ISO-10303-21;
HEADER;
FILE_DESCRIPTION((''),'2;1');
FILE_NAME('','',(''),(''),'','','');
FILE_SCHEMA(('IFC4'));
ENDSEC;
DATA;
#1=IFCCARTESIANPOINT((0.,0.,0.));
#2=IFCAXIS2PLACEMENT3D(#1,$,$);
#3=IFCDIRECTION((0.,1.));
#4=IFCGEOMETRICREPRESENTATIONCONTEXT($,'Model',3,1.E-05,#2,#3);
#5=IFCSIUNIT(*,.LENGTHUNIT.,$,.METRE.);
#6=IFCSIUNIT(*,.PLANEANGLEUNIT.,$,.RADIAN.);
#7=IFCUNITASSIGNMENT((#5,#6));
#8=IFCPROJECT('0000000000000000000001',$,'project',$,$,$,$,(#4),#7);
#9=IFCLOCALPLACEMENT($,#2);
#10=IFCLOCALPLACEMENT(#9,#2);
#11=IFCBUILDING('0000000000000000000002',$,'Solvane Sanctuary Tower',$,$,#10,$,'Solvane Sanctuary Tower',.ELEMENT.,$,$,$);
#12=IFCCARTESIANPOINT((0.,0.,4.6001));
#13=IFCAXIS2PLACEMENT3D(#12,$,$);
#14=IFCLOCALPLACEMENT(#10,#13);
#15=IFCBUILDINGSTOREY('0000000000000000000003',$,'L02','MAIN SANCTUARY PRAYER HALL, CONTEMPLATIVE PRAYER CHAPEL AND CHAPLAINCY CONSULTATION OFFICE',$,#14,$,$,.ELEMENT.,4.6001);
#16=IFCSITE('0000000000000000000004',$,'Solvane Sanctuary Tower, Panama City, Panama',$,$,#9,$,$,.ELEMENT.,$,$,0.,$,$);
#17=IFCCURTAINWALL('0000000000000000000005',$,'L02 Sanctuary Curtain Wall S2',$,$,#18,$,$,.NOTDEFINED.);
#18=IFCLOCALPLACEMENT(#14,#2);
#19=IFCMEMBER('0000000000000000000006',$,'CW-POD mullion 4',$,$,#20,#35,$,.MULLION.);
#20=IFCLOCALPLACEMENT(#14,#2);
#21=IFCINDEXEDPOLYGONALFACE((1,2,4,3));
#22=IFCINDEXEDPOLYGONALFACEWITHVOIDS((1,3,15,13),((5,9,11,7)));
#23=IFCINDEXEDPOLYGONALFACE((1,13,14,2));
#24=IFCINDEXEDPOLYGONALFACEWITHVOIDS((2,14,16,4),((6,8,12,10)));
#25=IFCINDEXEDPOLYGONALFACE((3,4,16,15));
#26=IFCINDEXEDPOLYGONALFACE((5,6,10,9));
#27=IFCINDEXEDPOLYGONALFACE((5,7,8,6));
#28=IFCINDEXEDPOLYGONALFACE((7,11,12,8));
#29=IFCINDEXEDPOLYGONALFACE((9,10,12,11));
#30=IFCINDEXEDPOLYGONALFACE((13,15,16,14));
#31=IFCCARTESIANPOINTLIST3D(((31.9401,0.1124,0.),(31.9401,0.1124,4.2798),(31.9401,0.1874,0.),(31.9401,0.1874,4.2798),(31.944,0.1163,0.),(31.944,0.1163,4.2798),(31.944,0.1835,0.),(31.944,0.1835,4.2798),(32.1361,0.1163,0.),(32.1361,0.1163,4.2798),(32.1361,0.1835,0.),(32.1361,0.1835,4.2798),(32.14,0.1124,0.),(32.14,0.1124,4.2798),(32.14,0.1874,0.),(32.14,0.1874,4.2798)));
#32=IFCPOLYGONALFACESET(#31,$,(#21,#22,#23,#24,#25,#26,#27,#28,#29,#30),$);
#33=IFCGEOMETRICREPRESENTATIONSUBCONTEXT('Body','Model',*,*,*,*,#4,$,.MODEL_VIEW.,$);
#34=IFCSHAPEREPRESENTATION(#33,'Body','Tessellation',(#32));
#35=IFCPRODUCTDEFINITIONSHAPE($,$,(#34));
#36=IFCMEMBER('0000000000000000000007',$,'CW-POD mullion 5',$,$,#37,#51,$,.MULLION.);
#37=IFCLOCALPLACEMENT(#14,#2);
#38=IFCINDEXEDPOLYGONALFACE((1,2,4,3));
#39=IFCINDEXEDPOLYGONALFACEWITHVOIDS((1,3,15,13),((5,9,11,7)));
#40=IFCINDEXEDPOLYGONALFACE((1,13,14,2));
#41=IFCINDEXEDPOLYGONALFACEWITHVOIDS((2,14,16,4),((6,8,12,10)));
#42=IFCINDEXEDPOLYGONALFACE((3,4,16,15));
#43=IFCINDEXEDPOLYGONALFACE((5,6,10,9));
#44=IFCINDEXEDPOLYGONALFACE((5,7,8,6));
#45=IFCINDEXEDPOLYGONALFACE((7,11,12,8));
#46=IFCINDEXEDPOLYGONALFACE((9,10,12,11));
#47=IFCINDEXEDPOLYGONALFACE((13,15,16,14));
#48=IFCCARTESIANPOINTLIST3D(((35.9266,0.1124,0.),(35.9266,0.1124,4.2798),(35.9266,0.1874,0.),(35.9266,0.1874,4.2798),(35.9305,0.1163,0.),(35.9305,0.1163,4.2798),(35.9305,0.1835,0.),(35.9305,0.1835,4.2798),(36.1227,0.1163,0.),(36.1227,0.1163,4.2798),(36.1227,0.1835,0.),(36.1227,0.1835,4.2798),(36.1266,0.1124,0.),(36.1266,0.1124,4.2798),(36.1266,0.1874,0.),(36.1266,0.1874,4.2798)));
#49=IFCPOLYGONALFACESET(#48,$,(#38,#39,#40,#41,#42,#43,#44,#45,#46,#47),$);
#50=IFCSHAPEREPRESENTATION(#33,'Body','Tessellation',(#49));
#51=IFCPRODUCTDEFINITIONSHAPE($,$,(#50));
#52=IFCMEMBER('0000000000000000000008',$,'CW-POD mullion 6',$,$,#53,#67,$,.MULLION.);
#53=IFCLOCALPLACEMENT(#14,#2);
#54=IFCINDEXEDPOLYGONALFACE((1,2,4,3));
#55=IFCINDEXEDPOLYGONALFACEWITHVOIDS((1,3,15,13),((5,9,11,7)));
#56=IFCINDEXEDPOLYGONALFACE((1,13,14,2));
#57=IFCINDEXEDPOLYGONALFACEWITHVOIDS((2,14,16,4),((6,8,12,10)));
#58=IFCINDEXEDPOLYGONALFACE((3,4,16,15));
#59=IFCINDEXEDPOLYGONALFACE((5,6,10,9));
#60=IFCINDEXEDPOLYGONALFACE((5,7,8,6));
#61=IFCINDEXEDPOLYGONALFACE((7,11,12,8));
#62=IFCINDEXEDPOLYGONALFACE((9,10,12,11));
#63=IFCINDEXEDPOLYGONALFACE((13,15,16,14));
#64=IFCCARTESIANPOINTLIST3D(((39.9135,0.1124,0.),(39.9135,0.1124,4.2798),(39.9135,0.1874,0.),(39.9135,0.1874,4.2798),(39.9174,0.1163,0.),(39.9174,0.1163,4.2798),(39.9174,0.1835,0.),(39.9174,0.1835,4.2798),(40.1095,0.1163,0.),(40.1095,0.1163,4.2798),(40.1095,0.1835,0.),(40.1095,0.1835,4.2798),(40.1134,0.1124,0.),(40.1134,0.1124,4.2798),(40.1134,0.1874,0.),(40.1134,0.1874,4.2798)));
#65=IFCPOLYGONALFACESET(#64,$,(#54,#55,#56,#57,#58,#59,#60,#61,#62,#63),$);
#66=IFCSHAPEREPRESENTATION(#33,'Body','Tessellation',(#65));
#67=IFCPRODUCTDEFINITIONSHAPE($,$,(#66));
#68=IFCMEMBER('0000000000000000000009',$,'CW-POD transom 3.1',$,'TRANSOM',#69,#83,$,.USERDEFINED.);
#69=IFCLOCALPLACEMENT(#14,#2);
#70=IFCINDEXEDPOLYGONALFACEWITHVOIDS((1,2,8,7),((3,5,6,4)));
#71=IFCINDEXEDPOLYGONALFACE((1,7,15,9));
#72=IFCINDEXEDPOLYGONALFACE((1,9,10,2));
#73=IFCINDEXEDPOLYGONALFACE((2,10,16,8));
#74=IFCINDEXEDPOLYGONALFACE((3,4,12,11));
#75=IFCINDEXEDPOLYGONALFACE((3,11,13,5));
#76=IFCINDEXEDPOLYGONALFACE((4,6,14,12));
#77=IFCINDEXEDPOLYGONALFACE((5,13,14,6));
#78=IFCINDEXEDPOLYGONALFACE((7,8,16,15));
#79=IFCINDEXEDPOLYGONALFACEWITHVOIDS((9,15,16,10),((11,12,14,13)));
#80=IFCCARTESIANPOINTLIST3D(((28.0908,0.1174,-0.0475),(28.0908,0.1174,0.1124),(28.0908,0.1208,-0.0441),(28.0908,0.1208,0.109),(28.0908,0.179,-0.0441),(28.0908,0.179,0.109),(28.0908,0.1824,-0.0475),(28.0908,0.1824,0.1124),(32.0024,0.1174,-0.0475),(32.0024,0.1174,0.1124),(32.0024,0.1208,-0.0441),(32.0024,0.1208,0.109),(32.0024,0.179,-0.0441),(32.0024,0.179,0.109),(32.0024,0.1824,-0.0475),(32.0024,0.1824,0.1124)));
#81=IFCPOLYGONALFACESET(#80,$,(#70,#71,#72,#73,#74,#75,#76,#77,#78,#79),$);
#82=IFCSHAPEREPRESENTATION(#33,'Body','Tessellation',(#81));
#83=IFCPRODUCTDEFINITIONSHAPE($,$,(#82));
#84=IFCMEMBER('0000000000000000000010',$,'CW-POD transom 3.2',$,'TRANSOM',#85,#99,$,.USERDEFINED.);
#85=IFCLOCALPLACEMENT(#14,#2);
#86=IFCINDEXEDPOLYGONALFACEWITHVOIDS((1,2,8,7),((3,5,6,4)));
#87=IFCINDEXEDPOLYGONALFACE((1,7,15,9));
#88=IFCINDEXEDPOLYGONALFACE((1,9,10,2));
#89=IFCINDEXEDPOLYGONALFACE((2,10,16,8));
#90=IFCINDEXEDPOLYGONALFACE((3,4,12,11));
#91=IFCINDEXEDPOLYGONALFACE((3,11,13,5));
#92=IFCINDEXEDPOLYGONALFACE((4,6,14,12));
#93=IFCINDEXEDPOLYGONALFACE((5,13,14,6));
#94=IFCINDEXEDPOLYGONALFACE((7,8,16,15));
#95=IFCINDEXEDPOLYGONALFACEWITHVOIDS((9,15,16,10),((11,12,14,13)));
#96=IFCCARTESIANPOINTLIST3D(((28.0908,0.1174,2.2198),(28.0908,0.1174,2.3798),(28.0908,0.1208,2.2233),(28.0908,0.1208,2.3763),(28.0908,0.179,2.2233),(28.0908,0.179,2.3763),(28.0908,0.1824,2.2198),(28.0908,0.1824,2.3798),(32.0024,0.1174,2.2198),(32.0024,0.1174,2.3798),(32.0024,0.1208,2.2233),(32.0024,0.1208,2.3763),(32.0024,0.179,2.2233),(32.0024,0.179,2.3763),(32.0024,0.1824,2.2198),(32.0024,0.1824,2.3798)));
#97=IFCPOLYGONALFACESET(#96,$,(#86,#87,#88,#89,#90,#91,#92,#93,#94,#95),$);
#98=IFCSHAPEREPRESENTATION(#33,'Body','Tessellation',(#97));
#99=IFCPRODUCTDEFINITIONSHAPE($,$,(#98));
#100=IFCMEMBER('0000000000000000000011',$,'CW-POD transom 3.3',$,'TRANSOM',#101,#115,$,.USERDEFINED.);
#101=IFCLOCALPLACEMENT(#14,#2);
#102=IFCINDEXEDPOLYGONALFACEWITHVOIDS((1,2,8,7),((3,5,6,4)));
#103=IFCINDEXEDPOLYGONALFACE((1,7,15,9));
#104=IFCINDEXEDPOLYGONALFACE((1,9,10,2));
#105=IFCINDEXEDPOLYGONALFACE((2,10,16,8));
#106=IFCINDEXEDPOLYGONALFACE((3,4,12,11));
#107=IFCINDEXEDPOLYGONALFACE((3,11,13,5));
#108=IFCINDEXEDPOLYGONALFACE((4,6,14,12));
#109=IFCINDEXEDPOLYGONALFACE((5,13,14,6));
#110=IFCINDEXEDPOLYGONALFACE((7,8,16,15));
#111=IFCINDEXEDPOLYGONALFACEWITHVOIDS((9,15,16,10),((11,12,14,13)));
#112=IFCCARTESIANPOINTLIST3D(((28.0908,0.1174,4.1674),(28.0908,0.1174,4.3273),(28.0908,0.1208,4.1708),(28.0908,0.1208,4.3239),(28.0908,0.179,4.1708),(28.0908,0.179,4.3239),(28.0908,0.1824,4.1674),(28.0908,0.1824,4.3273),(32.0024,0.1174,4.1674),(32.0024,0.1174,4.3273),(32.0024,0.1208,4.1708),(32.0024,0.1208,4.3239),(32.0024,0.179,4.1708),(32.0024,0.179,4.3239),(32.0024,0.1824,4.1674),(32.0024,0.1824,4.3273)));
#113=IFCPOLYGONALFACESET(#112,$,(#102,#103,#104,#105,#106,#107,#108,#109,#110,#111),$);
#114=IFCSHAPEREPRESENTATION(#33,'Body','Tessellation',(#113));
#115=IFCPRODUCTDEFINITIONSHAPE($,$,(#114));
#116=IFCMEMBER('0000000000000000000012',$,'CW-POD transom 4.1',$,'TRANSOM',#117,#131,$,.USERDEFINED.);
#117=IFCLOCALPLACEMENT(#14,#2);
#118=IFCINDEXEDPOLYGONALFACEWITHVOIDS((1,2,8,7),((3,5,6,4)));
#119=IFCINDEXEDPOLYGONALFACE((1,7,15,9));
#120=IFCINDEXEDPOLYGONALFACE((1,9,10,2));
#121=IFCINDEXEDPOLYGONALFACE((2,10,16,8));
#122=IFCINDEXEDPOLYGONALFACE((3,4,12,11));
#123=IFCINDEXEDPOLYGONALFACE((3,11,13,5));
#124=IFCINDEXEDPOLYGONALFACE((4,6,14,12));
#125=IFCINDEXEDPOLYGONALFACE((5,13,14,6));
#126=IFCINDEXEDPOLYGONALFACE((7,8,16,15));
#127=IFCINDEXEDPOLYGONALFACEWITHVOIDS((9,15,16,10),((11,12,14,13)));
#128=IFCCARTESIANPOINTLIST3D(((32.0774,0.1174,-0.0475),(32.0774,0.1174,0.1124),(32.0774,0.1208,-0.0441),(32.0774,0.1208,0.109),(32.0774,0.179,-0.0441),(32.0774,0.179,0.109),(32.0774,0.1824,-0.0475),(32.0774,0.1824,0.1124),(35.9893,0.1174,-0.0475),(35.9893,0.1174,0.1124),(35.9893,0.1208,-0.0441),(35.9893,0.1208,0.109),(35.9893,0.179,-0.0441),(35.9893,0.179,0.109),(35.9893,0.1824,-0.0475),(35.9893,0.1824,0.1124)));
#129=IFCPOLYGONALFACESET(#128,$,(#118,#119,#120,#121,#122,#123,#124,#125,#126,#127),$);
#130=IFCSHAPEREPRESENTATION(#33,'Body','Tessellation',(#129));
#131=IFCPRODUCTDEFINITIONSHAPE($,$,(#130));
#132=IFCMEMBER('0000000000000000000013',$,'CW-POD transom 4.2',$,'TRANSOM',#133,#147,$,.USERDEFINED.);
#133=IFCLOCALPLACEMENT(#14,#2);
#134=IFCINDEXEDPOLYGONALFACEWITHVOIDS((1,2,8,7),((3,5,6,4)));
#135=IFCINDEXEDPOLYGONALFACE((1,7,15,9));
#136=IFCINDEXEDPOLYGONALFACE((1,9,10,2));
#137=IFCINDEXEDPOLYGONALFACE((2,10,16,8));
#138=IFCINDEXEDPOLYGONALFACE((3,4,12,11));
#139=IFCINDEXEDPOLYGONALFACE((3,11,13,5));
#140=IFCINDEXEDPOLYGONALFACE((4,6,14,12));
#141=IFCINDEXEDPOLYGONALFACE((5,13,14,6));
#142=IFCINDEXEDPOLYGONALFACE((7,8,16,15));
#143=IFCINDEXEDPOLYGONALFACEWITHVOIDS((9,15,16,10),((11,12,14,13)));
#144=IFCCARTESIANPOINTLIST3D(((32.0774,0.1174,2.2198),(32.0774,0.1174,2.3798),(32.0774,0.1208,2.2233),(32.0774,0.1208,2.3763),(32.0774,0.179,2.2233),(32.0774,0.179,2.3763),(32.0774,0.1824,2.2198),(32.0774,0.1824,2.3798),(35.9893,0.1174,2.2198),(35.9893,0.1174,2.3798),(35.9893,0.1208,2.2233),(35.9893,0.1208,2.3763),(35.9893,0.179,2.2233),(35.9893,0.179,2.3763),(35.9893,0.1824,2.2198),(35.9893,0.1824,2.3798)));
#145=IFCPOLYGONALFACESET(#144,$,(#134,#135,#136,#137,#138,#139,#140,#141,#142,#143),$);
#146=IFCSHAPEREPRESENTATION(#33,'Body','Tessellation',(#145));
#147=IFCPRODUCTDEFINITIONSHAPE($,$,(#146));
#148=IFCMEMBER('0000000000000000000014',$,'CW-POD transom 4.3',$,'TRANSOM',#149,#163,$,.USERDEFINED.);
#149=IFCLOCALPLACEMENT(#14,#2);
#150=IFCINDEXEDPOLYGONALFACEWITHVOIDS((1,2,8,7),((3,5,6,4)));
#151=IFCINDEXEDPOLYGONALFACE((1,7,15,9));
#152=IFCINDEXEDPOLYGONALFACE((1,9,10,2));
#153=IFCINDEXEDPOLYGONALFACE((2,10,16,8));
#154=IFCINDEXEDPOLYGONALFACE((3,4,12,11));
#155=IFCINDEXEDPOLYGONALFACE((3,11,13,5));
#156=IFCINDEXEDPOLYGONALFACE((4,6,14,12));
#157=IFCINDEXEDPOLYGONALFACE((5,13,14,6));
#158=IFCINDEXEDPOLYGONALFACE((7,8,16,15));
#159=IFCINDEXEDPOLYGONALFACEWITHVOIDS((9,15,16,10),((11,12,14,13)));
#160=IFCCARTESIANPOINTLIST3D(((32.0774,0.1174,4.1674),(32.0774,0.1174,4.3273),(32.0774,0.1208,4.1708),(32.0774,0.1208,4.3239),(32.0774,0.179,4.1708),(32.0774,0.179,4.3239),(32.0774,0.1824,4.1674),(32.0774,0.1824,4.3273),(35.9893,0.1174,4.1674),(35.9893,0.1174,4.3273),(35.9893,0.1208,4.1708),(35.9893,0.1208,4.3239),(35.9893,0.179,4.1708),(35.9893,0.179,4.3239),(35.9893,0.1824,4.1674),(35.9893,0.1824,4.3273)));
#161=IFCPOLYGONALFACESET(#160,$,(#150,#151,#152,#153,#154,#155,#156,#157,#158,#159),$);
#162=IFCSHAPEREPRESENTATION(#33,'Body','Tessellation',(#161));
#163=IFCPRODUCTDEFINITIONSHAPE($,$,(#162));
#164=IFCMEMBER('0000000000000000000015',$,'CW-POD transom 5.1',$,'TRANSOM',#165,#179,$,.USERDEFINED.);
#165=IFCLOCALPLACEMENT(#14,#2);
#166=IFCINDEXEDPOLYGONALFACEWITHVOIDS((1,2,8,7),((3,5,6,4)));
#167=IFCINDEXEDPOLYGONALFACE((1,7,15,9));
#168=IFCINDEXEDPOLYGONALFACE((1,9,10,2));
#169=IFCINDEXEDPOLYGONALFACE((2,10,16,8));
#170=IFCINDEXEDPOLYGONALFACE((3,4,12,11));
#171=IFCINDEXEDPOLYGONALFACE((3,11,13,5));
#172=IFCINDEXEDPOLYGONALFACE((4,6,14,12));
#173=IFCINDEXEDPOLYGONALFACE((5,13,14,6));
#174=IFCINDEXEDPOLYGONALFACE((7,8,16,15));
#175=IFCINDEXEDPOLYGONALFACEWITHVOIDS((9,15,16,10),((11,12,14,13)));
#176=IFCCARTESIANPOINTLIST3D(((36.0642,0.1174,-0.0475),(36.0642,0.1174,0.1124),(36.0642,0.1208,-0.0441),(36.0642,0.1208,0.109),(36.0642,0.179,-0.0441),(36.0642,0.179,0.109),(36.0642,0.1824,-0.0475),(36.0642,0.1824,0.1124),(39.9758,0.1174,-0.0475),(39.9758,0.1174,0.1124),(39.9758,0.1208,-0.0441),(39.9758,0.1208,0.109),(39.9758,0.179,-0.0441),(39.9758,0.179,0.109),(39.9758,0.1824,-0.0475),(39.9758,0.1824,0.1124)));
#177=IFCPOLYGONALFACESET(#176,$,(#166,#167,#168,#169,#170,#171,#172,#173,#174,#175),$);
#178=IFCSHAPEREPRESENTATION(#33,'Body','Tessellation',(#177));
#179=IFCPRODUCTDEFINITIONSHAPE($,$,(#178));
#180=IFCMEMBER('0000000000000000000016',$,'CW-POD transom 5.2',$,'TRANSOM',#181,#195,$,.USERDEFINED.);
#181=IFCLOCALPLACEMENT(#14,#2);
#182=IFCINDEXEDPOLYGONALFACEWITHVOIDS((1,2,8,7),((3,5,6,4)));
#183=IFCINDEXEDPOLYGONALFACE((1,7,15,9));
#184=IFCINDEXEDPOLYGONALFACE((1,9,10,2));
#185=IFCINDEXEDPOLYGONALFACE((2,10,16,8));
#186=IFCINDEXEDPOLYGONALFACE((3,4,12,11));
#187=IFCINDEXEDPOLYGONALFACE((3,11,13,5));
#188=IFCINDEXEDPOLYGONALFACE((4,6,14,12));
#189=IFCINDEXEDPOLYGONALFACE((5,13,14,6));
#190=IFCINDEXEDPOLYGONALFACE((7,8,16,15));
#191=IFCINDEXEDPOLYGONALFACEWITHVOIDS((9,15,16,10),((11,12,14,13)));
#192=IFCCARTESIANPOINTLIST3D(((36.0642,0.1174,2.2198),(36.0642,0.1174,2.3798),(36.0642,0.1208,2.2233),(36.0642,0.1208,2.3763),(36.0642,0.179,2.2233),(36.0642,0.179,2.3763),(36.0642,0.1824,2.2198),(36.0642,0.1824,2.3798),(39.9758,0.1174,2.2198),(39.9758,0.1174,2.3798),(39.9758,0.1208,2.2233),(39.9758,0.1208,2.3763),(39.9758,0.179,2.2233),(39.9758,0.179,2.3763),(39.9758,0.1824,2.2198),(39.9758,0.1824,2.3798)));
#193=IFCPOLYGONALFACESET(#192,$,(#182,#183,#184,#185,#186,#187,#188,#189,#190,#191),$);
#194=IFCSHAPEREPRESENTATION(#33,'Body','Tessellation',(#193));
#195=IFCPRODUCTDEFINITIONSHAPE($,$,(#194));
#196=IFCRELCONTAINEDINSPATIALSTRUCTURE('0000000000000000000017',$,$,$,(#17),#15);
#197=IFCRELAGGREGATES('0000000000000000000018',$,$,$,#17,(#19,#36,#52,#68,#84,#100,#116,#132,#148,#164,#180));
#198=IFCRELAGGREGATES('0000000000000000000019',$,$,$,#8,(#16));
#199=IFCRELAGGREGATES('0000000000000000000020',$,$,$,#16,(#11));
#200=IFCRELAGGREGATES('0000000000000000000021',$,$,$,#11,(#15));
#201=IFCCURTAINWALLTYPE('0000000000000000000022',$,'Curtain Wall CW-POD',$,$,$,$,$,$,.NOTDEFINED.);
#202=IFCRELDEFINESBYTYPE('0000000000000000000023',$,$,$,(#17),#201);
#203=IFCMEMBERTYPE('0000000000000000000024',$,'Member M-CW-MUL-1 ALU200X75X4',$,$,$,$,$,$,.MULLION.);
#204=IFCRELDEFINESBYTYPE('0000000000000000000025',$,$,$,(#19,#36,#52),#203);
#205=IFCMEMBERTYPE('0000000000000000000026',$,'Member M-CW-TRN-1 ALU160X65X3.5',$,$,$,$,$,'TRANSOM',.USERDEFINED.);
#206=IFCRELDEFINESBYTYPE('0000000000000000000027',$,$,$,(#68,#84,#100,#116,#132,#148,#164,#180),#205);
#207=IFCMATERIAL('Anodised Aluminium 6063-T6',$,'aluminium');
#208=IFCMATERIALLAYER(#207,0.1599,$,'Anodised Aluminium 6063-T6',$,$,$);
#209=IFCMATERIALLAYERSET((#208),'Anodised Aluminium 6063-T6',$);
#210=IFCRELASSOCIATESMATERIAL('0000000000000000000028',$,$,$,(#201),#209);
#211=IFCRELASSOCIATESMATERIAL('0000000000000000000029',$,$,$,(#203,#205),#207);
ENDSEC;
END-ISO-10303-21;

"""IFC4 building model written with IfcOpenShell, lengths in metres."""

from ifc_helpers import new_model, si_unit, direction, frame, origin, origin_2d, place, context, subcontext, project, spatial, hollow_rectangle, extrude, material, layer, layer_set, material_profile, profile_set, type_object, element, aggregate, save


model = new_model("IFC4")

# Units and contexts
model_context = context("Model", 3, precision=1e-05, world=origin(), true_north=direction((0.0, 1.0)))
body_context = subcontext(model_context, "Body", "Model", "MODEL_VIEW")
ifc_project = project(units=[si_unit("LENGTHUNIT", "METRE"), si_unit("PLANEANGLEUNIT", "RADIAN")], contexts=[model_context])

# Site, building, storey
site_placement = place(None, origin())
site = spatial("IfcSite", under=ifc_project, at=site_placement, Name="Solvane Sanctuary Tower, Panama City, Panama", CompositionType="ELEMENT", RefElevation=0.0)
building_placement = place(site_placement, origin())
building = spatial("IfcBuilding", under=site, at=building_placement, Name="Solvane Sanctuary Tower", LongName="Solvane Sanctuary Tower", CompositionType="ELEMENT")
storey_placement = place(building_placement, frame((0.0, 0.0, 4.6001)))
storey = spatial("IfcBuildingStorey", under=building, at=storey_placement, Name="L02", Description="MAIN SANCTUARY PRAYER HALL, CONTEMPLATIVE PRAYER CHAPEL AND CHAPLAINCY CONSULTATION OFFICE", CompositionType="ELEMENT", Elevation=4.6001)

# Curtain wall, members
ifc_material_1 = material(Name="Anodised Aluminium 6063-T6", Category="aluminium")
ifc_layer_1 = layer(ifc_material_1, 0.1599, Name="Anodised Aluminium 6063-T6")
ifc_layer_set_1 = layer_set([ifc_layer_1], Name="Anodised Aluminium 6063-T6")
curtain_wall_type = type_object("IfcCurtainWallType", Name="Curtain Wall CW-POD", PredefinedType="NOTDEFINED", material=ifc_layer_set_1)
curtain_wall_placement = place(storey_placement, origin())
curtain_wall = element("IfcCurtainWall", 1, at=curtain_wall_placement, inside=storey, type_object=curtain_wall_type, Name="L02 Sanctuary Curtain Wall S2", PredefinedType="NOTDEFINED")
ifc_material_profile_1 = material_profile(ifc_material_1, hollow_rectangle(XDim=0.075, YDim=0.2, WallThickness=0.0039, at=origin_2d()), Name="ALU200X75X4")
ifc_profile_set_1 = profile_set([ifc_material_profile_1], Name="Anodised Aluminium 6063-T6")
member_type_1 = type_object("IfcMemberType", Name="Member M-CW-MUL-1 ALU200X75X4", PredefinedType="MULLION", material=ifc_profile_set_1)
member_1_placement = place(storey_placement, frame((32.04, 0.1499, 0.0), z_axis=(0.0, 0.0, 1.0), x_axis=(0.0, 1.0, 0.0)))
member_1 = element("IfcMember", 2, at=member_1_placement, type_object=member_type_1, Name="CW-POD mullion 4", PredefinedType="MULLION", context=body_context, shape_type="SweptSolid", body=[
    extrude(hollow_rectangle(XDim=0.075, YDim=0.2, WallThickness=0.0039, at=origin_2d()), origin(), (0.0, 0.0, 1.0), 4.2798),
])
member_2_placement = place(storey_placement, frame((36.0266, 0.1499, 0.0), z_axis=(0.0, 0.0, 1.0), x_axis=(0.0, 1.0, 0.0)))
member_2 = element("IfcMember", 3, at=member_2_placement, type_object=member_type_1, Name="CW-POD mullion 5", PredefinedType="MULLION", context=body_context, shape_type="SweptSolid", body=[
    extrude(hollow_rectangle(XDim=0.075, YDim=0.2, WallThickness=0.0039, at=origin_2d()), origin(), (0.0, 0.0, 1.0), 4.2798),
])
member_3_placement = place(storey_placement, frame((40.0134, 0.1499, 0.0), z_axis=(0.0, 0.0, 1.0), x_axis=(0.0, 1.0, 0.0)))
member_3 = element("IfcMember", 4, at=member_3_placement, type_object=member_type_1, Name="CW-POD mullion 6", PredefinedType="MULLION", context=body_context, shape_type="SweptSolid", body=[
    extrude(hollow_rectangle(XDim=0.075, YDim=0.2, WallThickness=0.0039, at=origin_2d()), origin(), (0.0, 0.0, 1.0), 4.2798),
])
ifc_material_profile_2 = material_profile(ifc_material_1, hollow_rectangle(XDim=0.0649, YDim=0.1599, WallThickness=0.0034, at=origin_2d()), Name="ALU160X65X3.5")
ifc_profile_set_2 = profile_set([ifc_material_profile_2], Name="Anodised Aluminium 6063-T6")
member_type_2 = type_object("IfcMemberType", Name="Member M-CW-TRN-1 ALU160X65X3.5", ElementType="TRANSOM", PredefinedType="USERDEFINED", material=ifc_profile_set_2)
member_4_placement = place(storey_placement, frame((28.0908, 0.1499, 0.0325), z_axis=(1.0, 0.0, 0.0), x_axis=(0.0, 1.0, 0.0)))
member_4 = element("IfcMember", 5, at=member_4_placement, type_object=member_type_2, Name="CW-POD transom 3.1", ObjectType="TRANSOM", PredefinedType="USERDEFINED", context=body_context, shape_type="SweptSolid", body=[
    extrude(hollow_rectangle(XDim=0.0649, YDim=0.1599, WallThickness=0.0034, at=origin_2d()), origin(), (0.0, 0.0, 1.0), 3.9116),
])
member_5_placement = place(storey_placement, frame((28.0908, 0.1499, 2.2998), z_axis=(1.0, 0.0, 0.0), x_axis=(0.0, 1.0, 0.0)))
member_5 = element("IfcMember", 6, at=member_5_placement, type_object=member_type_2, Name="CW-POD transom 3.2", ObjectType="TRANSOM", PredefinedType="USERDEFINED", context=body_context, shape_type="SweptSolid", body=[
    extrude(hollow_rectangle(XDim=0.0649, YDim=0.1599, WallThickness=0.0034, at=origin_2d()), origin(), (0.0, 0.0, 1.0), 3.9116),
])
member_6_placement = place(storey_placement, frame((28.0908, 0.1499, 4.2473), z_axis=(1.0, 0.0, 0.0), x_axis=(0.0, 1.0, 0.0)))
member_6 = element("IfcMember", 7, at=member_6_placement, type_object=member_type_2, Name="CW-POD transom 3.3", ObjectType="TRANSOM", PredefinedType="USERDEFINED", context=body_context, shape_type="SweptSolid", body=[
    extrude(hollow_rectangle(XDim=0.0649, YDim=0.1599, WallThickness=0.0034, at=origin_2d()), origin(), (0.0, 0.0, 1.0), 3.9116),
])
member_7_placement = place(storey_placement, frame((32.0774, 0.1499, 0.0325), z_axis=(1.0, 0.0, 0.0), x_axis=(0.0, 1.0, 0.0)))
member_7 = element("IfcMember", 8, at=member_7_placement, type_object=member_type_2, Name="CW-POD transom 4.1", ObjectType="TRANSOM", PredefinedType="USERDEFINED", context=body_context, shape_type="SweptSolid", body=[
    extrude(hollow_rectangle(XDim=0.0649, YDim=0.1599, WallThickness=0.0034, at=origin_2d()), origin(), (0.0, 0.0, 1.0), 3.9119),
])
member_8_placement = place(storey_placement, frame((32.0774, 0.1499, 2.2998), z_axis=(1.0, 0.0, 0.0), x_axis=(0.0, 1.0, 0.0)))
member_8 = element("IfcMember", 9, at=member_8_placement, type_object=member_type_2, Name="CW-POD transom 4.2", ObjectType="TRANSOM", PredefinedType="USERDEFINED", context=body_context, shape_type="SweptSolid", body=[
    extrude(hollow_rectangle(XDim=0.0649, YDim=0.1599, WallThickness=0.0034, at=origin_2d()), origin(), (0.0, 0.0, 1.0), 3.9119),
])
member_9_placement = place(storey_placement, frame((32.0774, 0.1499, 4.2473), z_axis=(1.0, 0.0, 0.0), x_axis=(0.0, 1.0, 0.0)))
member_9 = element("IfcMember", 10, at=member_9_placement, type_object=member_type_2, Name="CW-POD transom 4.3", ObjectType="TRANSOM", PredefinedType="USERDEFINED", context=body_context, shape_type="SweptSolid", body=[
    extrude(hollow_rectangle(XDim=0.0649, YDim=0.1599, WallThickness=0.0034, at=origin_2d()), origin(), (0.0, 0.0, 1.0), 3.9119),
])
member_10_placement = place(storey_placement, frame((36.0642, 0.1499, 0.0325), z_axis=(1.0, 0.0, 0.0), x_axis=(0.0, 1.0, 0.0)))
member_10 = element("IfcMember", 11, at=member_10_placement, type_object=member_type_2, Name="CW-POD transom 5.1", ObjectType="TRANSOM", PredefinedType="USERDEFINED", context=body_context, shape_type="SweptSolid", body=[
    extrude(hollow_rectangle(XDim=0.0649, YDim=0.1599, WallThickness=0.0034, at=origin_2d()), origin(), (0.0, 0.0, 1.0), 3.9116),
])
member_11_placement = place(storey_placement, frame((36.0642, 0.1499, 2.2998), z_axis=(1.0, 0.0, 0.0), x_axis=(0.0, 1.0, 0.0)))
member_11 = element("IfcMember", 12, at=member_11_placement, type_object=member_type_2, Name="CW-POD transom 5.2", ObjectType="TRANSOM", PredefinedType="USERDEFINED", context=body_context, shape_type="SweptSolid", body=[
    extrude(hollow_rectangle(XDim=0.0649, YDim=0.1599, WallThickness=0.0034, at=origin_2d()), origin(), (0.0, 0.0, 1.0), 3.9116),
])
aggregate(curtain_wall, [member_1, member_2, member_3, member_4, member_5, member_6, member_7, member_8, member_9, member_10, member_11])

save(model, "model.ifc")
